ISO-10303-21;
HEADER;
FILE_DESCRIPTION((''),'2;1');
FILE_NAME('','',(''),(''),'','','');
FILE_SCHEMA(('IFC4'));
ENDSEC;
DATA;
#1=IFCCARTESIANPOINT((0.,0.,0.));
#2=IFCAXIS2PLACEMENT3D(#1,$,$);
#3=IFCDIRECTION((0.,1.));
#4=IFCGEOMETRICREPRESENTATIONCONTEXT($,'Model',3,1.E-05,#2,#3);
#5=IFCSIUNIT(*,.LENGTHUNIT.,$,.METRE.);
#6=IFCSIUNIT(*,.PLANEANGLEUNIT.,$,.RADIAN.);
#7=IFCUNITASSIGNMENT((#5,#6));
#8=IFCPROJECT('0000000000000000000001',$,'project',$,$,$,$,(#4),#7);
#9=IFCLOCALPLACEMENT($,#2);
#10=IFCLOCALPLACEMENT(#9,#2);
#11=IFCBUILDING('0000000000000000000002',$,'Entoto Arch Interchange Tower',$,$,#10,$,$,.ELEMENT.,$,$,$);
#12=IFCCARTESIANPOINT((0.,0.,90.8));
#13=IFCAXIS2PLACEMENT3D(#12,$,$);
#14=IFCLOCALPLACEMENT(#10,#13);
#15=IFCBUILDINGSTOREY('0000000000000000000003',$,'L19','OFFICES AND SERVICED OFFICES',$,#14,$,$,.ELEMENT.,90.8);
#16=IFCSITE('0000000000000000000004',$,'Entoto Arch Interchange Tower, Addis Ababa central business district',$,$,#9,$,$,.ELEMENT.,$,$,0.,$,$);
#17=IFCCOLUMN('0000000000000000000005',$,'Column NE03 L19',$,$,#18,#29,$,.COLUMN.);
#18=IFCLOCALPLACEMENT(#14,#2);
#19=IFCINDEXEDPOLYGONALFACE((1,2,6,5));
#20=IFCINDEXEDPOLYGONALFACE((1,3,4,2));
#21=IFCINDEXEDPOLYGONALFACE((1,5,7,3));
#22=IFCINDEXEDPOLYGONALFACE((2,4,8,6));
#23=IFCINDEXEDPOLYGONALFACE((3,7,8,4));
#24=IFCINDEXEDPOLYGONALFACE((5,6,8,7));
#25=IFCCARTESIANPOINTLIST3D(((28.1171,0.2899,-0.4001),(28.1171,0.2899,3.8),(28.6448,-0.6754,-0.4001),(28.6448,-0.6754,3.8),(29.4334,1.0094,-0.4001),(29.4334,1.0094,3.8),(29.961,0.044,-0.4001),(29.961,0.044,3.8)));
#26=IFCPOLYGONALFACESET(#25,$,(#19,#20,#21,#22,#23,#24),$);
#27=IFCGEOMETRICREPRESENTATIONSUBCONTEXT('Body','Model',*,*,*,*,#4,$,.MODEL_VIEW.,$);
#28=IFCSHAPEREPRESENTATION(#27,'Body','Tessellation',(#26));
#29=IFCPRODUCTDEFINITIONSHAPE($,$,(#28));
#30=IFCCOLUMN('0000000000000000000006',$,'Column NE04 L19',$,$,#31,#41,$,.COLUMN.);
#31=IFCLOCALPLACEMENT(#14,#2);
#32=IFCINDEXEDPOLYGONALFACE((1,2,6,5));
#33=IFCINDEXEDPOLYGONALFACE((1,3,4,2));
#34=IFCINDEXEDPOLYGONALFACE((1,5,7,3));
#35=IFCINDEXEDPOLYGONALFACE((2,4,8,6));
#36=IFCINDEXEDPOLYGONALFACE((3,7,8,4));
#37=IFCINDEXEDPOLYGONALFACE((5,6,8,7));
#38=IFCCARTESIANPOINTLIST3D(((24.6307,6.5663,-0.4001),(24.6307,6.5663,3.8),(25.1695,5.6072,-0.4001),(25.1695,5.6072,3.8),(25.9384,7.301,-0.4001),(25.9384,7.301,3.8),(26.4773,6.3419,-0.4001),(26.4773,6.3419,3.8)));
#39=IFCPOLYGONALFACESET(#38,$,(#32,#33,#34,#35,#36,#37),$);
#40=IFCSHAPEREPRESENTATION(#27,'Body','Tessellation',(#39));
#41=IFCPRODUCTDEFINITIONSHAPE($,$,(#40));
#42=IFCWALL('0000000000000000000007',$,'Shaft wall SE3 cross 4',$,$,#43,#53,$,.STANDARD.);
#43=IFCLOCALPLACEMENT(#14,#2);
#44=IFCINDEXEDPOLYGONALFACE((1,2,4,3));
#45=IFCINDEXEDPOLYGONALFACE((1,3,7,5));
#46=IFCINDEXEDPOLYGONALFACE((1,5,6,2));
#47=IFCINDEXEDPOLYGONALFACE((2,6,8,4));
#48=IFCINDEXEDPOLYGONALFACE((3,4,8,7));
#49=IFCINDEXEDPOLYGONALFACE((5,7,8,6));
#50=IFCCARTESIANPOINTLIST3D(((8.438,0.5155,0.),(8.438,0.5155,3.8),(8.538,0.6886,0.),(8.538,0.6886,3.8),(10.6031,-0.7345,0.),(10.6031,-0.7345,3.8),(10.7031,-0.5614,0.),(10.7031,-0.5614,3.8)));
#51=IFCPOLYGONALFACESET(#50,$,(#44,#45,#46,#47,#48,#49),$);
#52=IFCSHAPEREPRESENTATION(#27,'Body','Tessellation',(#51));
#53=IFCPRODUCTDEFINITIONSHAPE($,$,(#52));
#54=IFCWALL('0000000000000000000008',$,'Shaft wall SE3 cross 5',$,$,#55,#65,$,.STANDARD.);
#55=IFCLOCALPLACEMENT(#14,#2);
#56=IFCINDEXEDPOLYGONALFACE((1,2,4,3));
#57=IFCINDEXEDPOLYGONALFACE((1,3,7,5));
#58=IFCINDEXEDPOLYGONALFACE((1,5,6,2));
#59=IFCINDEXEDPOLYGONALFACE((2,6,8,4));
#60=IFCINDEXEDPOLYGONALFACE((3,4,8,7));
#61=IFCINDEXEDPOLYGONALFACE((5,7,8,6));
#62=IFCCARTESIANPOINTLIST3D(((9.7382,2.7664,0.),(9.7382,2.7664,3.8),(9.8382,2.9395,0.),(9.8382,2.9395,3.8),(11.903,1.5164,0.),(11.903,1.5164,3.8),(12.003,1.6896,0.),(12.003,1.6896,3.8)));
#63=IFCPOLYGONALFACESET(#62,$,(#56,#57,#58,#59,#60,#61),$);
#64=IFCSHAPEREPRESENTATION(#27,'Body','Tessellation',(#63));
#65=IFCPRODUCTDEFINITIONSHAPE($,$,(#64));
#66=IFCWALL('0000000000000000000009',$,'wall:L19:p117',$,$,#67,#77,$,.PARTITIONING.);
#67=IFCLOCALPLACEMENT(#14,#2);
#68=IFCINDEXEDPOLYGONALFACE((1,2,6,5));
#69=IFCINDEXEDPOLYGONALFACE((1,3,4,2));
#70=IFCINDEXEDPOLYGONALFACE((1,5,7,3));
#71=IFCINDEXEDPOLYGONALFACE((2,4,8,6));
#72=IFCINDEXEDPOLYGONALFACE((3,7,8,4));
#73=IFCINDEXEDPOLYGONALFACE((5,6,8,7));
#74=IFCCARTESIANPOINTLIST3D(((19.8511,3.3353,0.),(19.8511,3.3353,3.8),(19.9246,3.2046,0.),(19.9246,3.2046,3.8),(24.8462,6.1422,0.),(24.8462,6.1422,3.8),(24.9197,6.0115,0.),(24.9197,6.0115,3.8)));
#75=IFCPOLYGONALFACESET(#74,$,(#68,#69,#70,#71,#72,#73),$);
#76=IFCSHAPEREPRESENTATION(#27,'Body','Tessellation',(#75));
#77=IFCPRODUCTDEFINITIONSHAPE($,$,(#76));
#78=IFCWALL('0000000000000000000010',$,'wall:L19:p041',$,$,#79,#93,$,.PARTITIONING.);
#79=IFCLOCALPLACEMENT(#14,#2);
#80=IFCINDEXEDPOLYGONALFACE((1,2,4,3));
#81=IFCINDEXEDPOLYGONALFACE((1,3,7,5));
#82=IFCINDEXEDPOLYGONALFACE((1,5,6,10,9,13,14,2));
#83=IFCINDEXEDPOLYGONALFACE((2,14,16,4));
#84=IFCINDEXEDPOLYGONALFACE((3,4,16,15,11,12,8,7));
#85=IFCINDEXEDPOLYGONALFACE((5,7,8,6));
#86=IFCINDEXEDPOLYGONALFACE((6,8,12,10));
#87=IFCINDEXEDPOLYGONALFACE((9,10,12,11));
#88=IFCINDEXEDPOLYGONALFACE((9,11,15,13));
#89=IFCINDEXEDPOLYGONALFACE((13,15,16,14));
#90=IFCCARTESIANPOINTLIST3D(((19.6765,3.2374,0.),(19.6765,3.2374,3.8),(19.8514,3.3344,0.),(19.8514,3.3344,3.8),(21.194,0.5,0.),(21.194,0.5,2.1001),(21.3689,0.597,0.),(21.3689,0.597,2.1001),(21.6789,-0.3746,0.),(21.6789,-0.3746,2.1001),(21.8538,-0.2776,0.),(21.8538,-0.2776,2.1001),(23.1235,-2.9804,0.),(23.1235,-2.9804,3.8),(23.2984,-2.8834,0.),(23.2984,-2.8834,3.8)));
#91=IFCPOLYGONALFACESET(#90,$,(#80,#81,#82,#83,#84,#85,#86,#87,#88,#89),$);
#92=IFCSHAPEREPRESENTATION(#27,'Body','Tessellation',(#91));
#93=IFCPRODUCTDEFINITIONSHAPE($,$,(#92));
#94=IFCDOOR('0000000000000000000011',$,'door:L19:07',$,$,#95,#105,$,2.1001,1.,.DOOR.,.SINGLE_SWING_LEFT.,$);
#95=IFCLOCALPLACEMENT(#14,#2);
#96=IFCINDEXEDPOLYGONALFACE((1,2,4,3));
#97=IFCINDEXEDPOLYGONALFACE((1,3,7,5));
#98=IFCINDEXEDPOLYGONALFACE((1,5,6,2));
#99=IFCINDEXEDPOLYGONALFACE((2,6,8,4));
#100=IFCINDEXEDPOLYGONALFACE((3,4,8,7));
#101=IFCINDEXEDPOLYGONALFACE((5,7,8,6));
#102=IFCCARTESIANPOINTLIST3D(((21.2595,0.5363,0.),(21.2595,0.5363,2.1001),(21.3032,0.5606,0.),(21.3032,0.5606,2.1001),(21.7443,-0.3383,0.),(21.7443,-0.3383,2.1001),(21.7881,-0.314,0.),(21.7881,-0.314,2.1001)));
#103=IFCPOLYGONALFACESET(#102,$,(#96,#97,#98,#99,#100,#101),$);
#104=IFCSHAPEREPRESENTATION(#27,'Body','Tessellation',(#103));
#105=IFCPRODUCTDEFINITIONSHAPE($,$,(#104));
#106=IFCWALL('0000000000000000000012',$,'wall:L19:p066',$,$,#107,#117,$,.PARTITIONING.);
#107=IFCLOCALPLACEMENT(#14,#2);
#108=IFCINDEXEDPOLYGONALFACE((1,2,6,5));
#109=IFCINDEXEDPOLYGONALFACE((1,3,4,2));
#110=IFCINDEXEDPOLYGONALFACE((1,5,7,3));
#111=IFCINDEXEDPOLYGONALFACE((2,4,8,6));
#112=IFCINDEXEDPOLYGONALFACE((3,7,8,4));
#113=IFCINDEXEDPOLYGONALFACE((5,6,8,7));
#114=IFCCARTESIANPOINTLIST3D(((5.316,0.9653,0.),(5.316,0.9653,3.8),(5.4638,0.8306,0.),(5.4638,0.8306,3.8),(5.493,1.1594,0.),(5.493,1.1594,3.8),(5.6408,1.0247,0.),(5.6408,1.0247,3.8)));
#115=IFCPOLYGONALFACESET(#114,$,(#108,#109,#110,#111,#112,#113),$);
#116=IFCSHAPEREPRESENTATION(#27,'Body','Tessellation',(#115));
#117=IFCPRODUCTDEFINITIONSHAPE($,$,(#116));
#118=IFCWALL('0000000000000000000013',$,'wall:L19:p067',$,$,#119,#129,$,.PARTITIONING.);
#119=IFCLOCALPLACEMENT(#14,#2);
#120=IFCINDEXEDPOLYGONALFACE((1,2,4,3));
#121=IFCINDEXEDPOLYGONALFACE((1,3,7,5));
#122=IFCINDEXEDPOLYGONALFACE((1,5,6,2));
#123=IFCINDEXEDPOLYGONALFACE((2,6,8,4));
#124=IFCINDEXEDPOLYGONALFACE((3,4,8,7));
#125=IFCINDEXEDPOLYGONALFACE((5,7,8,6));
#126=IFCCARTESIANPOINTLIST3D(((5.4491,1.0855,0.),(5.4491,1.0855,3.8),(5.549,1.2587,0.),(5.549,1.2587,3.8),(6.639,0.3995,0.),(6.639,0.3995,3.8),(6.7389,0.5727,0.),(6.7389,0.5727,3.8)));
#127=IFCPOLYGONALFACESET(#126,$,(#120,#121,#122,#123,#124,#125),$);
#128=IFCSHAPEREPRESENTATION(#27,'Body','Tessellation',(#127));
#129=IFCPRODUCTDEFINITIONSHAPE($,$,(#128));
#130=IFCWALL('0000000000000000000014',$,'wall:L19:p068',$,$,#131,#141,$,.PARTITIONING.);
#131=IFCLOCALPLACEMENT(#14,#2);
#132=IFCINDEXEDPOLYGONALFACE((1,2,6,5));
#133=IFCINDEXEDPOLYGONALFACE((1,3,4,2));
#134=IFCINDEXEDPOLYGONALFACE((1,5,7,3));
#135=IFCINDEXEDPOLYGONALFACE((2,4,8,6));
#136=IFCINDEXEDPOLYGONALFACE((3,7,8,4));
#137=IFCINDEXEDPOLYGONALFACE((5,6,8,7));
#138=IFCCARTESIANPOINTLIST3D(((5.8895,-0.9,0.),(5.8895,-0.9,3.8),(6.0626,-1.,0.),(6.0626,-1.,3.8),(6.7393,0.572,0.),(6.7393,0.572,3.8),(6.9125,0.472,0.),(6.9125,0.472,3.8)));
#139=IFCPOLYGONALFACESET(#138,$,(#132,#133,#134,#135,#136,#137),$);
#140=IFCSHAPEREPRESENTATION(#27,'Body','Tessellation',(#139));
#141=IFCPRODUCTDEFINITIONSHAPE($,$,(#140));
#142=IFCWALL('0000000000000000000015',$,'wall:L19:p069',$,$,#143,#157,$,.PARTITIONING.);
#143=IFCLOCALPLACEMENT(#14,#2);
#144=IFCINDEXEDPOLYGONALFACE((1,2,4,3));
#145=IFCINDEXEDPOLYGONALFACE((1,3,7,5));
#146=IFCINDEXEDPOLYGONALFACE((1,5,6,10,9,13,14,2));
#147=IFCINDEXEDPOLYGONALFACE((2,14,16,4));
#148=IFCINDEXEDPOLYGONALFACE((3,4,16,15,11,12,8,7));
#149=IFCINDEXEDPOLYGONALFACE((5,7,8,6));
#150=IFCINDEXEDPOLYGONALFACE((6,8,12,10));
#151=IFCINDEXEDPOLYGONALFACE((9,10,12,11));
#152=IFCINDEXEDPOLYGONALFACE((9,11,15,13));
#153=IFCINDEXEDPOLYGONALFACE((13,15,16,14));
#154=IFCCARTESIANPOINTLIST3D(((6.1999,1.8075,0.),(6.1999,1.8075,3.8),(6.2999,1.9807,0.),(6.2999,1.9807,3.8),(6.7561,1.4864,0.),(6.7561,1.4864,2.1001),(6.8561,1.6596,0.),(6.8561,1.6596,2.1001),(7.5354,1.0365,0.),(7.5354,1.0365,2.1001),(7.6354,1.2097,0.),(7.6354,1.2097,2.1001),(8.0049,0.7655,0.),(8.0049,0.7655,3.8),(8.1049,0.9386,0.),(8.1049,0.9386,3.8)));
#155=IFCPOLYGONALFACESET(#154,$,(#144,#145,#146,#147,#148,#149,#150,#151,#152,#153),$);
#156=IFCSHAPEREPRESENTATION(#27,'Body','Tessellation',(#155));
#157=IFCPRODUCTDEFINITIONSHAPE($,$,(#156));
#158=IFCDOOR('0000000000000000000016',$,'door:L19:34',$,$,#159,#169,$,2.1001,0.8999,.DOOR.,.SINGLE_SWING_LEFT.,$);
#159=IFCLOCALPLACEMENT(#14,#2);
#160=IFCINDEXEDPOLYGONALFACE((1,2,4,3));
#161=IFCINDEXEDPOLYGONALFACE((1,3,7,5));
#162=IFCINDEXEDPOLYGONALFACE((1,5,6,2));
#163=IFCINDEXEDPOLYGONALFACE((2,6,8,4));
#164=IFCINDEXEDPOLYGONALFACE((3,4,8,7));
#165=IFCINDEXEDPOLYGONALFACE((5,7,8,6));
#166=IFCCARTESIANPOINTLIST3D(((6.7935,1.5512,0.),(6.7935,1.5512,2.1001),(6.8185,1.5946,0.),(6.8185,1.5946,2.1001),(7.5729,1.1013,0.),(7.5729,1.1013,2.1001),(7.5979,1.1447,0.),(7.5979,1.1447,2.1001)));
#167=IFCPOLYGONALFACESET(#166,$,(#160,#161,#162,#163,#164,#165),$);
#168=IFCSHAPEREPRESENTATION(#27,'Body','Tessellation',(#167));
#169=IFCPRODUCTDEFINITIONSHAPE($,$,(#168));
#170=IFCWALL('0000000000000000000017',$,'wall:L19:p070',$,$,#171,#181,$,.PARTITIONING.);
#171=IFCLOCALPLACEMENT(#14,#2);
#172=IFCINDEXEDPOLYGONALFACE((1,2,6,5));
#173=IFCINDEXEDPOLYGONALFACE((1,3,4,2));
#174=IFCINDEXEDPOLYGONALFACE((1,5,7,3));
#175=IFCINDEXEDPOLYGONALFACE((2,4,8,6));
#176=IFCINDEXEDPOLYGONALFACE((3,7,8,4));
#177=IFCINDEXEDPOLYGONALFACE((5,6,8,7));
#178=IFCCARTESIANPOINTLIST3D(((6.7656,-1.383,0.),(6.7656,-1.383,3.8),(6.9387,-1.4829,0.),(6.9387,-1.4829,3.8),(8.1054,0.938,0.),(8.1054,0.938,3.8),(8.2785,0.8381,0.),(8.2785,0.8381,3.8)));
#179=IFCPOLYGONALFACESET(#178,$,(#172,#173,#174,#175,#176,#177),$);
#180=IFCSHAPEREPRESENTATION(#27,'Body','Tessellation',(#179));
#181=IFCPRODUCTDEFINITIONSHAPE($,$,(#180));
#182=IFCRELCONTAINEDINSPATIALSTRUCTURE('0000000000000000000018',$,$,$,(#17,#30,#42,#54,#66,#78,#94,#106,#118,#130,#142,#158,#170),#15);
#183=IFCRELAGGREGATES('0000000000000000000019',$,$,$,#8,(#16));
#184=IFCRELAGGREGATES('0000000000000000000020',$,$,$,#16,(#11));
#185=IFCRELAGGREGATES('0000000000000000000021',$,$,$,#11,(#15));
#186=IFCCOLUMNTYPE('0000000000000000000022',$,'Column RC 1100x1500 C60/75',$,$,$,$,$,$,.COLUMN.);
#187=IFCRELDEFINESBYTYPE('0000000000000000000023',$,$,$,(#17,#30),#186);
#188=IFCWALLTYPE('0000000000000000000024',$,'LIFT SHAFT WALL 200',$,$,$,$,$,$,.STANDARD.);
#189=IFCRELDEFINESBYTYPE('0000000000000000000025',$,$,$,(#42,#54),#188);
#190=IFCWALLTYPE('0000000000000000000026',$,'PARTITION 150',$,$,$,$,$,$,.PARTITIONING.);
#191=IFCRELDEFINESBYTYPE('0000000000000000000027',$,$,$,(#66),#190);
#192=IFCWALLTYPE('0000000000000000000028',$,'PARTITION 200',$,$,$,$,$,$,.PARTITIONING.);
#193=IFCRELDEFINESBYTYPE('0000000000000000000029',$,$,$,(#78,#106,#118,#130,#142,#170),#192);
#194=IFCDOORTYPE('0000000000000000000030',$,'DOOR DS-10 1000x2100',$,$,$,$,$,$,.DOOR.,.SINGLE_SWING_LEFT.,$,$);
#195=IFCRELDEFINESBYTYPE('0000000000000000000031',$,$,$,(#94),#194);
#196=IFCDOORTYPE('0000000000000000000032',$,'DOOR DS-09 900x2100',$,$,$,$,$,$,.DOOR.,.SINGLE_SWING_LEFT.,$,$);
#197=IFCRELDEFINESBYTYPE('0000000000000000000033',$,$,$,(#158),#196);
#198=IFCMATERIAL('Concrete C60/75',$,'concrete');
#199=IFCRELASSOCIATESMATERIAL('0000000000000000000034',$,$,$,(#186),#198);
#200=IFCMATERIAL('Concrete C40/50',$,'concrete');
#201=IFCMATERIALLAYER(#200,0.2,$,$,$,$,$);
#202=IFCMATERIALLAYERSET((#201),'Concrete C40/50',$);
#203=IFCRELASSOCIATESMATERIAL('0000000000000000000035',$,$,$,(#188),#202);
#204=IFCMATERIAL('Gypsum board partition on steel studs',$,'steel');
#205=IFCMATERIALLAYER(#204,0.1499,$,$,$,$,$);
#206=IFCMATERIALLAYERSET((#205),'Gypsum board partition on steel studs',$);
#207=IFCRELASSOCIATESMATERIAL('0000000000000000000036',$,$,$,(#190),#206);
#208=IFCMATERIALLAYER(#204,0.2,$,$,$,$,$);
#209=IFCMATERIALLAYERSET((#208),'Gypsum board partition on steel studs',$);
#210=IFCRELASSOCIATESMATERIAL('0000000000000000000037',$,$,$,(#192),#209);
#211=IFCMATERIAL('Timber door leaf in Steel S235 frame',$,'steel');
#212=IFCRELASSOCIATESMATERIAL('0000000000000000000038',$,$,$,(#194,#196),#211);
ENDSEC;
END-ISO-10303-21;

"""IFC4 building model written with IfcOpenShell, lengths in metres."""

from ifc_helpers import new_model, si_unit, direction, frame, frame_2d, origin, origin_2d, place, context, subcontext, project, spatial, rectangle, extrude, material, layer, layer_set, material_profile, profile_set, type_object, element, fill, save


model = new_model("IFC4")

# Units and contexts
model_context = context("Model", 3, precision=1e-05, world=origin(), true_north=direction((0.0, 1.0)))
body_context = subcontext(model_context, "Body", "Model", "MODEL_VIEW")
ifc_project = project(units=[si_unit("LENGTHUNIT", "METRE"), si_unit("PLANEANGLEUNIT", "RADIAN")], contexts=[model_context])

# Site, building, storey
site_placement = place(None, origin())
site = spatial("IfcSite", under=ifc_project, at=site_placement, Name="Entoto Arch Interchange Tower, Addis Ababa central business district", CompositionType="ELEMENT", RefElevation=0.0)
building_placement = place(site_placement, origin())
building = spatial("IfcBuilding", under=site, at=building_placement, Name="Entoto Arch Interchange Tower", CompositionType="ELEMENT")
storey_placement = place(building_placement, frame((0.0, 0.0, 90.8)))
storey = spatial("IfcBuildingStorey", under=building, at=storey_placement, Name="L19", Description="OFFICES AND SERVICED OFFICES", CompositionType="ELEMENT", Elevation=90.8)

# Columns
ifc_material_1 = material(Name="Concrete C60/75", Category="concrete")
ifc_material_profile = material_profile(ifc_material_1, rectangle(XDim=1.1001, YDim=1.5, at=origin_2d()))
ifc_profile_set = profile_set([ifc_material_profile], Name="Concrete C60/75")
column_type = type_object("IfcColumnType", Name="Column RC 1100x1500 C60/75", PredefinedType="COLUMN", material=ifc_profile_set)
for number, where, z_axis, x_axis, name in (
    (1, (29.0391, 0.167, -0.4001), (0.0, 0.0, 1.0), (-0.479611, 0.877481, 0.0), "Column NE03 L19"),
    (2, (25.554, 6.4541, -0.4001), (0.0, 0.0, 1.0), (-0.489839, 0.871813, 0.0), "Column NE04 L19"),
):
    element("IfcColumn", number, at=place(storey_placement, frame(where, z_axis=z_axis, x_axis=x_axis)), inside=storey, type_object=column_type, Name=name, PredefinedType="COLUMN", context=body_context, shape_type="SweptSolid", body=[
        extrude(rectangle(XDim=1.1001, YDim=1.5, at=origin_2d()), origin(), (0.0, 0.0, 1.0), 4.2002),
    ])

# Walls
ifc_material_2 = material(Name="Concrete C40/50", Category="concrete")
ifc_layer_1 = layer(ifc_material_2, 0.2)
ifc_layer_set_1 = layer_set([ifc_layer_1], Name="Concrete C40/50")
wall_type_1 = type_object("IfcWallType", Name="LIFT SHAFT WALL 200", PredefinedType="STANDARD", material=ifc_layer_set_1)
wall_1_placement = place(storey_placement, frame((8.488, 0.6021, 0.0), z_axis=(0.0, 0.0, 1.0), x_axis=(0.866023, -0.500004, 0.0)))
element("IfcWall", 3, at=wall_1_placement, inside=storey, type_object=wall_type_1, Name="Shaft wall SE3 cross 4", PredefinedType="STANDARD", context=body_context, shape_type="SweptSolid", body=[
    extrude(rectangle(XDim=2.5, YDim=0.2, at=frame_2d((1.25, 0.0))), origin(), (0.0, 0.0, 1.0), 3.8),
])
wall_2_placement = place(storey_placement, frame((9.7881, 2.853, 0.0), z_axis=(0.0, 0.0, 1.0), x_axis=(0.865999, -0.500047, 0.0)))
element("IfcWall", 4, at=wall_2_placement, inside=storey, type_object=wall_type_1, Name="Shaft wall SE3 cross 5", PredefinedType="STANDARD", context=body_context, shape_type="SweptSolid", body=[
    extrude(rectangle(XDim=2.4998, YDim=0.2, at=frame_2d((1.25, 0.0))), origin(), (0.0, 0.0, 1.0), 3.8),
])
ifc_material_3 = material(Name="Gypsum board partition on steel studs", Category="steel")
ifc_layer_2 = layer(ifc_material_3, 0.1499)
ifc_layer_set_2 = layer_set([ifc_layer_2], Name="Gypsum board partition on steel studs")
wall_type_2 = type_object("IfcWallType", Name="PARTITION 150", PredefinedType="PARTITIONING", material=ifc_layer_set_2)
wall_3_placement = place(storey_placement, frame((19.8879, 3.27, 0.0), z_axis=(0.0, 0.0, 1.0), x_axis=(0.871789, 0.489881, 0.0)))
element("IfcWall", 5, at=wall_3_placement, inside=storey, type_object=wall_type_2, Name="wall:L19:p117", PredefinedType="PARTITIONING", context=body_context, shape_type="SweptSolid", body=[
    extrude(rectangle(XDim=5.7297, YDim=0.1499, at=frame_2d((2.8647, 0.0))), origin(), (0.0, 0.0, 1.0), 3.8),
])

# Wall, opening, door
ifc_layer_3 = layer(ifc_material_3, 0.2)
ifc_layer_set_3 = layer_set([ifc_layer_3], Name="Gypsum board partition on steel studs")
wall_type_3 = type_object("IfcWallType", Name="PARTITION 200", PredefinedType="PARTITIONING", material=ifc_layer_set_3)
wall_4_placement = place(storey_placement, frame((19.7639, 3.2859, 0.0), z_axis=(0.0, 0.0, 1.0), x_axis=(0.484858, -0.874593, 0.0)))
wall_4 = element("IfcWall", 6, at=wall_4_placement, inside=storey, type_object=wall_type_3, Name="wall:L19:p041", PredefinedType="PARTITIONING", context=body_context, shape_type="SweptSolid", body=[
    extrude(rectangle(XDim=7.1094, YDim=0.2, at=frame_2d((3.5547, 0.0))), origin(), (0.0, 0.0, 1.0), 3.8),
])
opening_1_placement = place(wall_4_placement, frame((3.1299, 0.0, 0.0)))
opening_1 = element("IfcOpeningElement", 7, at=opening_1_placement, cuts=wall_4, PredefinedType="OPENING", context=body_context, shape_type="SweptSolid", body=[
    extrude(rectangle(XDim=1.0, YDim=2.1001, at=frame_2d((0.5, 1.05))), frame((0.0, 0.1099, 0.0), z_axis=(0.0, -1.0, 0.0), x_axis=(1.0, 0.0, 0.0)), (0.0, 0.0, 1.0), 0.22),
])
ifc_material_4 = material(Name="Timber door leaf in Steel S235 frame", Category="steel")
door_type_1 = type_object("IfcDoorType", Name="DOOR DS-10 1000x2100", OperationType="SINGLE_SWING_LEFT", PredefinedType="DOOR", material=ifc_material_4)
door_1_placement = place(opening_1_placement, origin())
door_1 = element("IfcDoor", 8, at=door_1_placement, inside=storey, type_object=door_type_1, Name="door:L19:07", OperationType="SINGLE_SWING_LEFT", OverallHeight=2.1001, OverallWidth=1.0, PredefinedType="DOOR", context=body_context, shape_type="SweptSolid", body=[
    extrude(rectangle(XDim=1.0, YDim=2.1001, at=frame_2d((0.5, 1.05))), frame((0.0, 0.0249, 0.0), z_axis=(0.0, -1.0, 0.0), x_axis=(1.0, 0.0, 0.0)), (0.0, 0.0, 1.0), 0.05),
])
fill(opening_1, door_1)

# Walls
wall_5_placement = place(storey_placement, frame((5.3899, 0.8979, 0.0), z_axis=(0.0, 0.0, 1.0), x_axis=(0.673828, 0.738888, 0.0)))
element("IfcWall", 9, at=wall_5_placement, inside=storey, type_object=wall_type_3, Name="wall:L19:p066", PredefinedType="PARTITIONING", context=body_context, shape_type="SweptSolid", body=[
    extrude(rectangle(XDim=0.2627, YDim=0.2, at=frame_2d((0.1313, 0.0))), origin(), (0.0, 0.0, 1.0), 3.8),
])
wall_6_placement = place(storey_placement, frame((5.499, 1.1721, 0.0), z_axis=(0.0, 0.0, 1.0), x_axis=(0.866334, -0.499466, 0.0)))
element("IfcWall", 10, at=wall_6_placement, inside=storey, type_object=wall_type_3, Name="wall:L19:p067", PredefinedType="PARTITIONING", context=body_context, shape_type="SweptSolid", body=[
    extrude(rectangle(XDim=1.3735, YDim=0.2, at=frame_2d((0.6868, 0.0))), origin(), (0.0, 0.0, 1.0), 3.8),
])
wall_7_placement = place(storey_placement, frame((6.8259, 0.522, 0.0), z_axis=(0.0, 0.0, 1.0), x_axis=(-0.500017, -0.866016, 0.0)))
element("IfcWall", 11, at=wall_7_placement, inside=storey, type_object=wall_type_3, Name="wall:L19:p068", PredefinedType="PARTITIONING", context=body_context, shape_type="SweptSolid", body=[
    extrude(rectangle(XDim=1.6997, YDim=0.2, at=frame_2d((0.8499, 0.0))), origin(), (0.0, 0.0, 1.0), 3.8),
])

# Wall, opening, door
wall_8_placement = place(storey_placement, frame((6.25, 1.894, 0.0), z_axis=(0.0, 0.0, 1.0), x_axis=(0.866043, -0.499969, 0.0)))
wall_8 = element("IfcWall", 12, at=wall_8_placement, inside=storey, type_object=wall_type_3, Name="wall:L19:p069", PredefinedType="PARTITIONING", context=body_context, shape_type="SweptSolid", body=[
    extrude(rectangle(XDim=2.0842, YDim=0.2, at=frame_2d((1.042, 0.0))), origin(), (0.0, 0.0, 1.0), 3.8),
])
opening_2_placement = place(wall_8_placement, frame((0.6421, 0.0, 0.0)))
opening_2 = element("IfcOpeningElement", 13, at=opening_2_placement, cuts=wall_8, PredefinedType="OPENING", context=body_context, shape_type="SweptSolid", body=[
    extrude(rectangle(XDim=0.8999, YDim=2.1001, at=frame_2d((0.45, 1.05))), frame((0.0, 0.1099, 0.0), z_axis=(0.0, -1.0, 0.0), x_axis=(1.0, 0.0, 0.0)), (0.0, 0.0, 1.0), 0.22),
])
door_type_2 = type_object("IfcDoorType", Name="DOOR DS-09 900x2100", OperationType="SINGLE_SWING_LEFT", PredefinedType="DOOR", material=ifc_material_4)
door_2_placement = place(opening_2_placement, origin())
door_2 = element("IfcDoor", 14, at=door_2_placement, inside=storey, type_object=door_type_2, Name="door:L19:34", OperationType="SINGLE_SWING_LEFT", OverallHeight=2.1001, OverallWidth=0.8999, PredefinedType="DOOR", context=body_context, shape_type="SweptSolid", body=[
    extrude(rectangle(XDim=0.8999, YDim=2.1001, at=frame_2d((0.45, 1.05))), frame((0.0, 0.0249, 0.0), z_axis=(0.0, -1.0, 0.0), x_axis=(1.0, 0.0, 0.0)), (0.0, 0.0, 1.0), 0.05),
])
fill(opening_2, door_2)

# Wall
wall_9_placement = place(storey_placement, frame((8.1919, 0.8879, 0.0), z_axis=(0.0, 0.0, 1.0), x_axis=(-0.499941, -0.86606, 0.0)))
element("IfcWall", 15, at=wall_9_placement, inside=storey, type_object=wall_type_3, Name="wall:L19:p070", PredefinedType="PARTITIONING", context=body_context, shape_type="SweptSolid", body=[
    extrude(rectangle(XDim=2.6799, YDim=0.2, at=frame_2d((1.3398, 0.0))), origin(), (0.0, 0.0, 1.0), 3.8),
])

save(model, "model.ifc")
